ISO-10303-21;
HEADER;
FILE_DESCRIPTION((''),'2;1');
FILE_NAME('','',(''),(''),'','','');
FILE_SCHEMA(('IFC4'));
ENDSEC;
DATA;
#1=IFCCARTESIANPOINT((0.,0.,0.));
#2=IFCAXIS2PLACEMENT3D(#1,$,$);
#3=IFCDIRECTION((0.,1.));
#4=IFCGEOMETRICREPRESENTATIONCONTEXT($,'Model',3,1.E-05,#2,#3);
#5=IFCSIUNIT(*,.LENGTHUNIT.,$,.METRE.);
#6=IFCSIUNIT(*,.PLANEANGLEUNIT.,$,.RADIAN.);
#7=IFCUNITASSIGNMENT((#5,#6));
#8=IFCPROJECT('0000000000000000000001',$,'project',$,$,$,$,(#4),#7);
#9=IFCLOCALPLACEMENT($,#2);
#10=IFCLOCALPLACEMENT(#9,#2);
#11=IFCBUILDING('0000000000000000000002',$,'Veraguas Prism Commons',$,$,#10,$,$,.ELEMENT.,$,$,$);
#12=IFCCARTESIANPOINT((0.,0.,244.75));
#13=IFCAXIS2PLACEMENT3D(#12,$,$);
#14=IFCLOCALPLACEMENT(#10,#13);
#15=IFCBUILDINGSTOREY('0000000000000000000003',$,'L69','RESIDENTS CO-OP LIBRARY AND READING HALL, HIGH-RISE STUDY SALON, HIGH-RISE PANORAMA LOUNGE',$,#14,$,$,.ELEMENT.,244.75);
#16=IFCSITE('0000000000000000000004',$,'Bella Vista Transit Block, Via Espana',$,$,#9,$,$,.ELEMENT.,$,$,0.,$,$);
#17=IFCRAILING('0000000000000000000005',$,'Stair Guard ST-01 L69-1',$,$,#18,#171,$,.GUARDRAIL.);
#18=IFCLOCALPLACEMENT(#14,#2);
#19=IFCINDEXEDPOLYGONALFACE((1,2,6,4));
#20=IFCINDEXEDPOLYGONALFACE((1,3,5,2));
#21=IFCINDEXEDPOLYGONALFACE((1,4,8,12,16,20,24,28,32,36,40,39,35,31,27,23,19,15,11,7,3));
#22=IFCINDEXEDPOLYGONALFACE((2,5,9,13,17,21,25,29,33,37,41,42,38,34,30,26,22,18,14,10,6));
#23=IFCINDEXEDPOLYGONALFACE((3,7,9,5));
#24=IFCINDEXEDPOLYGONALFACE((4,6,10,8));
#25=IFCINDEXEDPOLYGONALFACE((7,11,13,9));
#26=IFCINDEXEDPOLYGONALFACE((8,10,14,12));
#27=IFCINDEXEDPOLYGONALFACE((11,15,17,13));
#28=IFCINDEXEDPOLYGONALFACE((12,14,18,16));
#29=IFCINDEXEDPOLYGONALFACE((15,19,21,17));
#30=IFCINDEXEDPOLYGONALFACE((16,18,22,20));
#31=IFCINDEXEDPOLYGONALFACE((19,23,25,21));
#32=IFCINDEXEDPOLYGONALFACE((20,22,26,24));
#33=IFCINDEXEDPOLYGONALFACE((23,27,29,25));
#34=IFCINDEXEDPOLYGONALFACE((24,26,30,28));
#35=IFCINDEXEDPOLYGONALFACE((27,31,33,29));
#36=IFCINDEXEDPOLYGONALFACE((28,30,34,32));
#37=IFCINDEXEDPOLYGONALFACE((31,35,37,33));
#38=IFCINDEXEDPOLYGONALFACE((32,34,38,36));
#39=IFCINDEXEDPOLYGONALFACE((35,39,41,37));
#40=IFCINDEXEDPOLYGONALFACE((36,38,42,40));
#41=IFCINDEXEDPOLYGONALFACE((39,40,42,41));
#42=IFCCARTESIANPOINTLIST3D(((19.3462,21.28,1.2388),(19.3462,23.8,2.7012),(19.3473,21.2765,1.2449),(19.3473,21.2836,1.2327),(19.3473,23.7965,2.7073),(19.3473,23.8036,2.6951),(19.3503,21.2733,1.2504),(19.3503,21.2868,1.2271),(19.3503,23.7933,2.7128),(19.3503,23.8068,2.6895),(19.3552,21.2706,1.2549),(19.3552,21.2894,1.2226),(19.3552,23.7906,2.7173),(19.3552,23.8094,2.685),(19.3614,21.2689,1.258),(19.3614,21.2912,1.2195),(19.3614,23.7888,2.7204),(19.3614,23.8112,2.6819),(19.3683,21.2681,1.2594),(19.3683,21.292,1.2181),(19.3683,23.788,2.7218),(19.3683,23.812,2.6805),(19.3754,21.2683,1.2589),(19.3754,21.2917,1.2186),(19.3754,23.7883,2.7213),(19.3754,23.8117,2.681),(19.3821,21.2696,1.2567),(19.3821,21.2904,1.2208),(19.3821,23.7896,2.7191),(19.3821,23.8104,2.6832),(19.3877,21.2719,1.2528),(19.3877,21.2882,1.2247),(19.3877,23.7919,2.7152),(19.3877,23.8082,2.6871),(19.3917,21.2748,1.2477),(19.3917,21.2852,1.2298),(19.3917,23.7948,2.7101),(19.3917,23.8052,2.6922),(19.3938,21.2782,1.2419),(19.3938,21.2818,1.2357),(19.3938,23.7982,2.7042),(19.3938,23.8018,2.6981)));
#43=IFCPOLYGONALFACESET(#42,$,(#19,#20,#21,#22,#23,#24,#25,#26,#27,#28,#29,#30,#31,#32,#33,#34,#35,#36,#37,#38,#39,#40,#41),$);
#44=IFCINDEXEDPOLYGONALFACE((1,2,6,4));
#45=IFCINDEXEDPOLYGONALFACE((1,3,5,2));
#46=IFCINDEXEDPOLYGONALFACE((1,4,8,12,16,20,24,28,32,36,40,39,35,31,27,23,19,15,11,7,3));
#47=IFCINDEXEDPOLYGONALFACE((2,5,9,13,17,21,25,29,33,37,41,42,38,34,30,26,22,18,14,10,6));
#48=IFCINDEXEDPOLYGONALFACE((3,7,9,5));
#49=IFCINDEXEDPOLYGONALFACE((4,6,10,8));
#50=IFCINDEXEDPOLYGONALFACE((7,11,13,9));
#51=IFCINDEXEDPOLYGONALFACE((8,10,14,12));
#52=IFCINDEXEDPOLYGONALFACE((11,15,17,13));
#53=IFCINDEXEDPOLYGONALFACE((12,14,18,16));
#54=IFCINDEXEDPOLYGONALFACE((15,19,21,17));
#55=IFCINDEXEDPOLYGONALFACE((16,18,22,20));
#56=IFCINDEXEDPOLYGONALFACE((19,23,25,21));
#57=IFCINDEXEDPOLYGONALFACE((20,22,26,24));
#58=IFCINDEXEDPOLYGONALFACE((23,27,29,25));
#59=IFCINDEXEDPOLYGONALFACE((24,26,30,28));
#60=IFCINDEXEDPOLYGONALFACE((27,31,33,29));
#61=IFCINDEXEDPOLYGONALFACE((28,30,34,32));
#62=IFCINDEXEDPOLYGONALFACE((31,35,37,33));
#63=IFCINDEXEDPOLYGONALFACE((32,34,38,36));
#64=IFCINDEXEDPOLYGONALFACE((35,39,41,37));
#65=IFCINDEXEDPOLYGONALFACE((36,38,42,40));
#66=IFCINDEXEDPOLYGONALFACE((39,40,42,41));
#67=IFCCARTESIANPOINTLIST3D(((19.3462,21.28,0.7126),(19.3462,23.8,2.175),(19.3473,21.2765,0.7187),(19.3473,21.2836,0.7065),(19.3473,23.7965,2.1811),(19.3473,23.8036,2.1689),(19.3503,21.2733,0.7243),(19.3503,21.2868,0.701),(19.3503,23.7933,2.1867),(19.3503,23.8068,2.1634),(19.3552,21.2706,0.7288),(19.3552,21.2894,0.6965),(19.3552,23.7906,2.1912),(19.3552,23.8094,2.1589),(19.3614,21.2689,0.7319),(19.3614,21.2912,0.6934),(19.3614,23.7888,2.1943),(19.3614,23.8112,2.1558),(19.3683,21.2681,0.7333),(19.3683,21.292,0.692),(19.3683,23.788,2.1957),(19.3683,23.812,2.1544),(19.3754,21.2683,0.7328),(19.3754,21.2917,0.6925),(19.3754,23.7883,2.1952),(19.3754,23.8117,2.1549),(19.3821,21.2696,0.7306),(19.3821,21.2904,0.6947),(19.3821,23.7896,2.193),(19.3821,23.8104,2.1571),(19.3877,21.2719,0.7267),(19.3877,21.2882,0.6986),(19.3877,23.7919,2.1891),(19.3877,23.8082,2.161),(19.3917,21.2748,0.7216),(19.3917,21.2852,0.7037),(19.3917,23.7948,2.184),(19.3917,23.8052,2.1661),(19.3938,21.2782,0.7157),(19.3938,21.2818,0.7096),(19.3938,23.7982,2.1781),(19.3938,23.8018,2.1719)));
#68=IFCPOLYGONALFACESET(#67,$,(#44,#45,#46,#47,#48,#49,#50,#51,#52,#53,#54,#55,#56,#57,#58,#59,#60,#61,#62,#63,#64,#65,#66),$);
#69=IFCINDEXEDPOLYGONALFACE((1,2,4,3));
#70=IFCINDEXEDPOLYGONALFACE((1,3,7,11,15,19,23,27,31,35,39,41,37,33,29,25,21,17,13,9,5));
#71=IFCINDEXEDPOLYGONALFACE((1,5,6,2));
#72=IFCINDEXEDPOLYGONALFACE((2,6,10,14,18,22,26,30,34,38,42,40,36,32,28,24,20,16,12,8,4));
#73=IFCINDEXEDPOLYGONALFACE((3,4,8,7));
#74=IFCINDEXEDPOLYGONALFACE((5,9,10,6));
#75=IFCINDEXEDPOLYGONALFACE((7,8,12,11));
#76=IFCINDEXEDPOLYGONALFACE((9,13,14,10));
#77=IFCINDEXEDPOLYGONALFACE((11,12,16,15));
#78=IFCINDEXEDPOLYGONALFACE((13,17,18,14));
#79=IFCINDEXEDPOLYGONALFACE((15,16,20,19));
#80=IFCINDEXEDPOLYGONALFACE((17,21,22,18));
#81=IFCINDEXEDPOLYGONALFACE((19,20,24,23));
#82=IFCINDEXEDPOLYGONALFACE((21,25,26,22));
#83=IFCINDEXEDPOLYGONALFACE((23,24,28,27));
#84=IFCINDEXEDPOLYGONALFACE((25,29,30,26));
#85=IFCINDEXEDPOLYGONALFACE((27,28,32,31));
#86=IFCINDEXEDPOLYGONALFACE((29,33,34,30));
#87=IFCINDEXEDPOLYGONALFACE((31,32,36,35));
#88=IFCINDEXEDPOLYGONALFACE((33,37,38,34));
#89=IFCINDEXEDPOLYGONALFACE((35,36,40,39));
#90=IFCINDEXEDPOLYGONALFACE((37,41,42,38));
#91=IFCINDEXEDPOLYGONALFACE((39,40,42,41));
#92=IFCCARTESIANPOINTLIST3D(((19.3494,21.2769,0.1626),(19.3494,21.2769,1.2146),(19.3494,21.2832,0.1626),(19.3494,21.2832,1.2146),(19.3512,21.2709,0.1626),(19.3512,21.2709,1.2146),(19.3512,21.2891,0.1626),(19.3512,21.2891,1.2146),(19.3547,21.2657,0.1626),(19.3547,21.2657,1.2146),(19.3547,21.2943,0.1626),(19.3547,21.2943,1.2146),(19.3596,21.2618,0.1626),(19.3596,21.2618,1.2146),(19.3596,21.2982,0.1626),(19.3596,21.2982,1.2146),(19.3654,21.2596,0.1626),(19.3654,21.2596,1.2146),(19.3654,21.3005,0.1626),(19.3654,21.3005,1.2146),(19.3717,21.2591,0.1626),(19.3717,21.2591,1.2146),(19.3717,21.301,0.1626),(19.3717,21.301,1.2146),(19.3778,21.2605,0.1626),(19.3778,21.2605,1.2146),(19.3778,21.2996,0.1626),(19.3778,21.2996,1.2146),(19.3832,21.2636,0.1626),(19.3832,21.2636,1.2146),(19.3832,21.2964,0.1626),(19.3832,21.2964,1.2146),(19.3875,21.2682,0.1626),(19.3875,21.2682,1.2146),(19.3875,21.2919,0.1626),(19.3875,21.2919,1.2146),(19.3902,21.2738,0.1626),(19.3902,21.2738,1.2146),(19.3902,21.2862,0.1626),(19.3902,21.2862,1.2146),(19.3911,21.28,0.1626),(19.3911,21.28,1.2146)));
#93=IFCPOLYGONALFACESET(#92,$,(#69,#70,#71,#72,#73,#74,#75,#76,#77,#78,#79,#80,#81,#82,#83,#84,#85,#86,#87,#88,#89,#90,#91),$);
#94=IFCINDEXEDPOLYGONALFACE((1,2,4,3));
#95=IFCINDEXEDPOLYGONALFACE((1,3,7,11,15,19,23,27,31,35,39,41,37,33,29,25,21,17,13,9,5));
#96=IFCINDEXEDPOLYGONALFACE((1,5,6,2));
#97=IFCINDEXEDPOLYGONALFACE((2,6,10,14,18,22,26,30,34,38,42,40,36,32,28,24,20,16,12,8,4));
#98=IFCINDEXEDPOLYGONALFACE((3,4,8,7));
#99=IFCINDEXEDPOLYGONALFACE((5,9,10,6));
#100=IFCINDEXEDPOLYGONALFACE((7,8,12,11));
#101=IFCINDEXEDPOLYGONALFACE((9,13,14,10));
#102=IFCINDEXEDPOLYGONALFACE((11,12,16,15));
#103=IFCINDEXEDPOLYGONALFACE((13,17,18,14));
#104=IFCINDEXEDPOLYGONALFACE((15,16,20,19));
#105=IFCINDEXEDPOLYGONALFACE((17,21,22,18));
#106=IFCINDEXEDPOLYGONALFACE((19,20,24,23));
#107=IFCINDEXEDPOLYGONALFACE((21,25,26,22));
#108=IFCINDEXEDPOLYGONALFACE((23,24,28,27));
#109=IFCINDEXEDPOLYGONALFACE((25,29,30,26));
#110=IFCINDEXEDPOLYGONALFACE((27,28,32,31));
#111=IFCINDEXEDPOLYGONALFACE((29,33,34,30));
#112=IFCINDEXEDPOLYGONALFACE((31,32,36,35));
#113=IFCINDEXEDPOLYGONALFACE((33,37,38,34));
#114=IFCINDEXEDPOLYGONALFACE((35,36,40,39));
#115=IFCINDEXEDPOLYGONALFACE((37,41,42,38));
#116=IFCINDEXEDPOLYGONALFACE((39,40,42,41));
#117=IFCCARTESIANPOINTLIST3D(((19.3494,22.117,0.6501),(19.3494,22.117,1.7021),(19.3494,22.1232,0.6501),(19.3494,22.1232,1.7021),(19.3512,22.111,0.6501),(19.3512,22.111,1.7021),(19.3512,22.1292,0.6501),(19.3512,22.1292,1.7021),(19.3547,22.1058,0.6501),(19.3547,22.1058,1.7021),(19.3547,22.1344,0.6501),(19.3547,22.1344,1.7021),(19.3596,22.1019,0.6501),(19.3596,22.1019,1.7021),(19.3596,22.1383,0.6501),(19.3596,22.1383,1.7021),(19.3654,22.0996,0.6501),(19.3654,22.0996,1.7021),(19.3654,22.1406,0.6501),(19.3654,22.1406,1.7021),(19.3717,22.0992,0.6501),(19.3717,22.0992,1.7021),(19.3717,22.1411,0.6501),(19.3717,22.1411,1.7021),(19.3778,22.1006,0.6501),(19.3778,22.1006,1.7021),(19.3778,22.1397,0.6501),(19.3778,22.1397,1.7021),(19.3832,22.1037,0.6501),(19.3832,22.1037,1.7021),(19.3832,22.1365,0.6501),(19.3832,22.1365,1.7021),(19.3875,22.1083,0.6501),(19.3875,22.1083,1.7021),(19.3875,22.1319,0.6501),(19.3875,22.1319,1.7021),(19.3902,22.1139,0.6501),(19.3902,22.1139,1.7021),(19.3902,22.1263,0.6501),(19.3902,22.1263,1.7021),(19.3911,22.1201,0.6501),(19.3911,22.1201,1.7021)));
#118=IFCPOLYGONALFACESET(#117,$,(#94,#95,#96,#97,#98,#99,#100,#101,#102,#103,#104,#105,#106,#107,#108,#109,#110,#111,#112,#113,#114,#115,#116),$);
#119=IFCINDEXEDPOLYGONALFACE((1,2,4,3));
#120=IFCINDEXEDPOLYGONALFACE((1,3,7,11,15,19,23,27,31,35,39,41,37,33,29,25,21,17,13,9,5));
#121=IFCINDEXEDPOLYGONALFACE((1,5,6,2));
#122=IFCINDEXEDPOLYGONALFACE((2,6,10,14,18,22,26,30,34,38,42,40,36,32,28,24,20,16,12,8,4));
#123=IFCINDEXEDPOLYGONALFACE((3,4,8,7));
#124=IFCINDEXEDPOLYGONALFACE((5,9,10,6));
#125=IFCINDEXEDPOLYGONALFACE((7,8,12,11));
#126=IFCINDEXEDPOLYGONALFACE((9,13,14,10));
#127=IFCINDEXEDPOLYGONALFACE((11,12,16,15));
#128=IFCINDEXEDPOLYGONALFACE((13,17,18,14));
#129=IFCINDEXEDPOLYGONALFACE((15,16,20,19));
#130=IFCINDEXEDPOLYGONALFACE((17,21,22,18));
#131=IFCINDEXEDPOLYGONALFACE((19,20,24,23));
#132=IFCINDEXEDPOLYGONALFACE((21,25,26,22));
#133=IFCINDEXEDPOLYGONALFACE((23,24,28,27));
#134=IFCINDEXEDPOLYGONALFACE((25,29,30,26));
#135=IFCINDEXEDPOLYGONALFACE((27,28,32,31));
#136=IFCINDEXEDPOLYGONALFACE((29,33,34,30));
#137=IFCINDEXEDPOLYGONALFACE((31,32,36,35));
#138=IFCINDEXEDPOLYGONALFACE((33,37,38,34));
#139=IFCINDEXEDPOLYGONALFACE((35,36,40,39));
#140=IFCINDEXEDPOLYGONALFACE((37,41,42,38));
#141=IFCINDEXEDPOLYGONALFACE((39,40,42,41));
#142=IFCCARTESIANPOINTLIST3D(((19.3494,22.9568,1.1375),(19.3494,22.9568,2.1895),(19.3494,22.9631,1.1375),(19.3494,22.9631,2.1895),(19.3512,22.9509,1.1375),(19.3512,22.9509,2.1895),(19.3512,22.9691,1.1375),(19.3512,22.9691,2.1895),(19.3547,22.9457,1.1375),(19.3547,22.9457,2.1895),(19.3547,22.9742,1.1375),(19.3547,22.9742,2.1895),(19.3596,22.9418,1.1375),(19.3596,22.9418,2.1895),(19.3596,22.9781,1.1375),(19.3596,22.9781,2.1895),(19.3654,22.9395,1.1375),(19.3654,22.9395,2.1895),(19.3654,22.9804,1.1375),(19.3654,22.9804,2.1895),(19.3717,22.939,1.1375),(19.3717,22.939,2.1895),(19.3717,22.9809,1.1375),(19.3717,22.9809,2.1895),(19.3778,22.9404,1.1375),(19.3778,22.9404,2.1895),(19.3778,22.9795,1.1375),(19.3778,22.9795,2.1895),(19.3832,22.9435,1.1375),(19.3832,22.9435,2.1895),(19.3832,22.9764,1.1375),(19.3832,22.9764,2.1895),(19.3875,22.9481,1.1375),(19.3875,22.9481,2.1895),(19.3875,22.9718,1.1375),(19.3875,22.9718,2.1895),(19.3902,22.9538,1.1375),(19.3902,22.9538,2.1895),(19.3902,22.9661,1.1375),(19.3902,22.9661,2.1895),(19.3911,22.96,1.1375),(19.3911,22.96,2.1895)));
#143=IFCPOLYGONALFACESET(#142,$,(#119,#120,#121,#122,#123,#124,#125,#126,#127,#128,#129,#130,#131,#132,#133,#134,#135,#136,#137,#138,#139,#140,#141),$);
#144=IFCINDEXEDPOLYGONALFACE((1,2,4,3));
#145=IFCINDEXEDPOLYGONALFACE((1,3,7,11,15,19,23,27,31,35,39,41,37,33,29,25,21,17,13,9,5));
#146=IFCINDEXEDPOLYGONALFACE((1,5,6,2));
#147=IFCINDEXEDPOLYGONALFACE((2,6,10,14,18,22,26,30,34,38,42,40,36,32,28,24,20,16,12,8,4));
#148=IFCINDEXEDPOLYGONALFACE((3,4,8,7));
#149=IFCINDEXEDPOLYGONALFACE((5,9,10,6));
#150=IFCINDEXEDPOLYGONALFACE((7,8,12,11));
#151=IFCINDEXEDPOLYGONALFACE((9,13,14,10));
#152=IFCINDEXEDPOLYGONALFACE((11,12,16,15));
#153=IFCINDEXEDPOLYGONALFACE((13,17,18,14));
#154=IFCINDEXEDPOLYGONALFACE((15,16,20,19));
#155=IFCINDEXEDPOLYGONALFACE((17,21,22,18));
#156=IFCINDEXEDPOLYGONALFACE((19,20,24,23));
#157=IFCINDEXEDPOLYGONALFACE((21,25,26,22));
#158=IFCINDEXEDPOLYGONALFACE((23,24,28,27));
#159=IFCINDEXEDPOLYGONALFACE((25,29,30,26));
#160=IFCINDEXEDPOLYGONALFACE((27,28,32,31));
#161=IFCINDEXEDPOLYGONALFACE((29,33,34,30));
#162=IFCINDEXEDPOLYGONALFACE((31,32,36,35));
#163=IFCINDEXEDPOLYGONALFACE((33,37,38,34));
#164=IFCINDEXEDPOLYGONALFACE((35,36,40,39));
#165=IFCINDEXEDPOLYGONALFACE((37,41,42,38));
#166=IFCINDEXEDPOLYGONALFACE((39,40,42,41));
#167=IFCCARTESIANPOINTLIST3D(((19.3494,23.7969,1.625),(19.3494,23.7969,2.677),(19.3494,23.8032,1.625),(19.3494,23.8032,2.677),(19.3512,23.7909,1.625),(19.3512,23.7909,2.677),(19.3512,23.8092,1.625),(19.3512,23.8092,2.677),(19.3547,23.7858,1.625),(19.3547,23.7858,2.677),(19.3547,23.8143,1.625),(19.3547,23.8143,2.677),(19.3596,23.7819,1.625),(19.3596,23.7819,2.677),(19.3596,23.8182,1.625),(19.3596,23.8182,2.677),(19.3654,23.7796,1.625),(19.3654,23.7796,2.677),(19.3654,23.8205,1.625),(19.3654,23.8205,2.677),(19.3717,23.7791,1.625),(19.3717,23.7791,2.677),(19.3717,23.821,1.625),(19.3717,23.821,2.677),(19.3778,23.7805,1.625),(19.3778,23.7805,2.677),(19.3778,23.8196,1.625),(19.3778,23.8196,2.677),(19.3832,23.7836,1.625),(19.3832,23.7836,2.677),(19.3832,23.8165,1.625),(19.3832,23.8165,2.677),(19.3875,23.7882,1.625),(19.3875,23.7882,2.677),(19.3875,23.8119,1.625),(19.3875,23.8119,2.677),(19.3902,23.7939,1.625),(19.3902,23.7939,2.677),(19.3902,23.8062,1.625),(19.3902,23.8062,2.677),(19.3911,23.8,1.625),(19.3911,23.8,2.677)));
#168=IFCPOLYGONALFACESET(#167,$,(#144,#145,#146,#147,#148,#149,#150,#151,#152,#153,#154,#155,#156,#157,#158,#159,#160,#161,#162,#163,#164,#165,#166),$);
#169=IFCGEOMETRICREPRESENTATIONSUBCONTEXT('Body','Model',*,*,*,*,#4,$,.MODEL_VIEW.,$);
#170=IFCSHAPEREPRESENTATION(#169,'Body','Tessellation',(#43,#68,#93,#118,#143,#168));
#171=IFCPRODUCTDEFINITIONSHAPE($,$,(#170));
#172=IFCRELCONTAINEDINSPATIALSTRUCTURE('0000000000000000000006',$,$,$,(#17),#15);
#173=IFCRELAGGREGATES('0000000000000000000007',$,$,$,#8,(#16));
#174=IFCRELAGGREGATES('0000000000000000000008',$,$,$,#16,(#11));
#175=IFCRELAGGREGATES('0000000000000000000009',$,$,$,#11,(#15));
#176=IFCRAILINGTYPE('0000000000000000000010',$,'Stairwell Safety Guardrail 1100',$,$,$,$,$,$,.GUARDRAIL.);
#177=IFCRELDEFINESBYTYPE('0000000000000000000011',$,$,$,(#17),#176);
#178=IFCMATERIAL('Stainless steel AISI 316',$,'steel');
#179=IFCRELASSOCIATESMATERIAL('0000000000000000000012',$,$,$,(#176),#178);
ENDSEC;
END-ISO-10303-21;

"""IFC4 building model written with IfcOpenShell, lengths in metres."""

from ifc_helpers import new_model, si_unit, direction, frame, origin, origin_2d, place, context, subcontext, project, spatial, circle, extrude, material, type_object, element, save


model = new_model("IFC4")

# Units and contexts
model_context = context("Model", 3, precision=1e-05, world=origin(), true_north=direction((0.0, 1.0)))
body_context = subcontext(model_context, "Body", "Model", "MODEL_VIEW")
ifc_project = project(units=[si_unit("LENGTHUNIT", "METRE"), si_unit("PLANEANGLEUNIT", "RADIAN")], contexts=[model_context])

# Site, building, storey
site_placement = place(None, origin())
site = spatial("IfcSite", under=ifc_project, at=site_placement, Name="Bella Vista Transit Block, Via Espana", CompositionType="ELEMENT", RefElevation=0.0)
building_placement = place(site_placement, origin())
building = spatial("IfcBuilding", under=site, at=building_placement, Name="Veraguas Prism Commons", CompositionType="ELEMENT")
storey_placement = place(building_placement, frame((0.0, 0.0, 244.75)))
storey = spatial("IfcBuildingStorey", under=building, at=storey_placement, Name="L69", Description="RESIDENTS CO-OP LIBRARY AND READING HALL, HIGH-RISE STUDY SALON, HIGH-RISE PANORAMA LOUNGE", CompositionType="ELEMENT", Elevation=244.75)

# Railing
ifc_material_1 = material(Name="Stainless steel AISI 316", Category="steel")
railing_type = type_object("IfcRailingType", Name="Stairwell Safety Guardrail 1100", PredefinedType="GUARDRAIL", material=ifc_material_1)
railing_1_placement = place(storey_placement, frame((19.3701, 21.28, 0.1626)))
element("IfcRailing", 1, at=railing_1_placement, inside=storey, type_object=railing_type, Name="Stair Guard ST-01 L69-1", PredefinedType="GUARDRAIL", context=body_context, shape_type="SweptSolid", body=[
    extrude(circle(Radius=0.0239, at=origin_2d()), frame((0.0, 0.0, 1.0762), z_axis=(0.0, 0.864913, 0.501921), x_axis=(-1.0, 0.0, 0.0)), (0.0, 0.0, 1.0), 2.9136),
    extrude(circle(Radius=0.0239, at=origin_2d()), frame((0.0, 0.0, 0.55), z_axis=(0.0, 0.864913, 0.501921), x_axis=(-1.0, 0.0, 0.0)), (0.0, 0.0, 1.0), 2.9136),
    extrude(circle(Radius=0.021, at=origin_2d()), origin(), (0.0, 0.0, 1.0), 1.052),
    extrude(circle(Radius=0.021, at=origin_2d()), frame((0.0, 0.8401, 0.4875)), (0.0, 0.0, 1.0), 1.052),
    extrude(circle(Radius=0.021, at=origin_2d()), frame((0.0, 1.6799, 0.9749)), (0.0, 0.0, 1.0), 1.052),
    extrude(circle(Radius=0.021, at=origin_2d()), frame((0.0, 2.52, 1.4624)), (0.0, 0.0, 1.0), 1.052),
])

save(model, "model.ifc")
